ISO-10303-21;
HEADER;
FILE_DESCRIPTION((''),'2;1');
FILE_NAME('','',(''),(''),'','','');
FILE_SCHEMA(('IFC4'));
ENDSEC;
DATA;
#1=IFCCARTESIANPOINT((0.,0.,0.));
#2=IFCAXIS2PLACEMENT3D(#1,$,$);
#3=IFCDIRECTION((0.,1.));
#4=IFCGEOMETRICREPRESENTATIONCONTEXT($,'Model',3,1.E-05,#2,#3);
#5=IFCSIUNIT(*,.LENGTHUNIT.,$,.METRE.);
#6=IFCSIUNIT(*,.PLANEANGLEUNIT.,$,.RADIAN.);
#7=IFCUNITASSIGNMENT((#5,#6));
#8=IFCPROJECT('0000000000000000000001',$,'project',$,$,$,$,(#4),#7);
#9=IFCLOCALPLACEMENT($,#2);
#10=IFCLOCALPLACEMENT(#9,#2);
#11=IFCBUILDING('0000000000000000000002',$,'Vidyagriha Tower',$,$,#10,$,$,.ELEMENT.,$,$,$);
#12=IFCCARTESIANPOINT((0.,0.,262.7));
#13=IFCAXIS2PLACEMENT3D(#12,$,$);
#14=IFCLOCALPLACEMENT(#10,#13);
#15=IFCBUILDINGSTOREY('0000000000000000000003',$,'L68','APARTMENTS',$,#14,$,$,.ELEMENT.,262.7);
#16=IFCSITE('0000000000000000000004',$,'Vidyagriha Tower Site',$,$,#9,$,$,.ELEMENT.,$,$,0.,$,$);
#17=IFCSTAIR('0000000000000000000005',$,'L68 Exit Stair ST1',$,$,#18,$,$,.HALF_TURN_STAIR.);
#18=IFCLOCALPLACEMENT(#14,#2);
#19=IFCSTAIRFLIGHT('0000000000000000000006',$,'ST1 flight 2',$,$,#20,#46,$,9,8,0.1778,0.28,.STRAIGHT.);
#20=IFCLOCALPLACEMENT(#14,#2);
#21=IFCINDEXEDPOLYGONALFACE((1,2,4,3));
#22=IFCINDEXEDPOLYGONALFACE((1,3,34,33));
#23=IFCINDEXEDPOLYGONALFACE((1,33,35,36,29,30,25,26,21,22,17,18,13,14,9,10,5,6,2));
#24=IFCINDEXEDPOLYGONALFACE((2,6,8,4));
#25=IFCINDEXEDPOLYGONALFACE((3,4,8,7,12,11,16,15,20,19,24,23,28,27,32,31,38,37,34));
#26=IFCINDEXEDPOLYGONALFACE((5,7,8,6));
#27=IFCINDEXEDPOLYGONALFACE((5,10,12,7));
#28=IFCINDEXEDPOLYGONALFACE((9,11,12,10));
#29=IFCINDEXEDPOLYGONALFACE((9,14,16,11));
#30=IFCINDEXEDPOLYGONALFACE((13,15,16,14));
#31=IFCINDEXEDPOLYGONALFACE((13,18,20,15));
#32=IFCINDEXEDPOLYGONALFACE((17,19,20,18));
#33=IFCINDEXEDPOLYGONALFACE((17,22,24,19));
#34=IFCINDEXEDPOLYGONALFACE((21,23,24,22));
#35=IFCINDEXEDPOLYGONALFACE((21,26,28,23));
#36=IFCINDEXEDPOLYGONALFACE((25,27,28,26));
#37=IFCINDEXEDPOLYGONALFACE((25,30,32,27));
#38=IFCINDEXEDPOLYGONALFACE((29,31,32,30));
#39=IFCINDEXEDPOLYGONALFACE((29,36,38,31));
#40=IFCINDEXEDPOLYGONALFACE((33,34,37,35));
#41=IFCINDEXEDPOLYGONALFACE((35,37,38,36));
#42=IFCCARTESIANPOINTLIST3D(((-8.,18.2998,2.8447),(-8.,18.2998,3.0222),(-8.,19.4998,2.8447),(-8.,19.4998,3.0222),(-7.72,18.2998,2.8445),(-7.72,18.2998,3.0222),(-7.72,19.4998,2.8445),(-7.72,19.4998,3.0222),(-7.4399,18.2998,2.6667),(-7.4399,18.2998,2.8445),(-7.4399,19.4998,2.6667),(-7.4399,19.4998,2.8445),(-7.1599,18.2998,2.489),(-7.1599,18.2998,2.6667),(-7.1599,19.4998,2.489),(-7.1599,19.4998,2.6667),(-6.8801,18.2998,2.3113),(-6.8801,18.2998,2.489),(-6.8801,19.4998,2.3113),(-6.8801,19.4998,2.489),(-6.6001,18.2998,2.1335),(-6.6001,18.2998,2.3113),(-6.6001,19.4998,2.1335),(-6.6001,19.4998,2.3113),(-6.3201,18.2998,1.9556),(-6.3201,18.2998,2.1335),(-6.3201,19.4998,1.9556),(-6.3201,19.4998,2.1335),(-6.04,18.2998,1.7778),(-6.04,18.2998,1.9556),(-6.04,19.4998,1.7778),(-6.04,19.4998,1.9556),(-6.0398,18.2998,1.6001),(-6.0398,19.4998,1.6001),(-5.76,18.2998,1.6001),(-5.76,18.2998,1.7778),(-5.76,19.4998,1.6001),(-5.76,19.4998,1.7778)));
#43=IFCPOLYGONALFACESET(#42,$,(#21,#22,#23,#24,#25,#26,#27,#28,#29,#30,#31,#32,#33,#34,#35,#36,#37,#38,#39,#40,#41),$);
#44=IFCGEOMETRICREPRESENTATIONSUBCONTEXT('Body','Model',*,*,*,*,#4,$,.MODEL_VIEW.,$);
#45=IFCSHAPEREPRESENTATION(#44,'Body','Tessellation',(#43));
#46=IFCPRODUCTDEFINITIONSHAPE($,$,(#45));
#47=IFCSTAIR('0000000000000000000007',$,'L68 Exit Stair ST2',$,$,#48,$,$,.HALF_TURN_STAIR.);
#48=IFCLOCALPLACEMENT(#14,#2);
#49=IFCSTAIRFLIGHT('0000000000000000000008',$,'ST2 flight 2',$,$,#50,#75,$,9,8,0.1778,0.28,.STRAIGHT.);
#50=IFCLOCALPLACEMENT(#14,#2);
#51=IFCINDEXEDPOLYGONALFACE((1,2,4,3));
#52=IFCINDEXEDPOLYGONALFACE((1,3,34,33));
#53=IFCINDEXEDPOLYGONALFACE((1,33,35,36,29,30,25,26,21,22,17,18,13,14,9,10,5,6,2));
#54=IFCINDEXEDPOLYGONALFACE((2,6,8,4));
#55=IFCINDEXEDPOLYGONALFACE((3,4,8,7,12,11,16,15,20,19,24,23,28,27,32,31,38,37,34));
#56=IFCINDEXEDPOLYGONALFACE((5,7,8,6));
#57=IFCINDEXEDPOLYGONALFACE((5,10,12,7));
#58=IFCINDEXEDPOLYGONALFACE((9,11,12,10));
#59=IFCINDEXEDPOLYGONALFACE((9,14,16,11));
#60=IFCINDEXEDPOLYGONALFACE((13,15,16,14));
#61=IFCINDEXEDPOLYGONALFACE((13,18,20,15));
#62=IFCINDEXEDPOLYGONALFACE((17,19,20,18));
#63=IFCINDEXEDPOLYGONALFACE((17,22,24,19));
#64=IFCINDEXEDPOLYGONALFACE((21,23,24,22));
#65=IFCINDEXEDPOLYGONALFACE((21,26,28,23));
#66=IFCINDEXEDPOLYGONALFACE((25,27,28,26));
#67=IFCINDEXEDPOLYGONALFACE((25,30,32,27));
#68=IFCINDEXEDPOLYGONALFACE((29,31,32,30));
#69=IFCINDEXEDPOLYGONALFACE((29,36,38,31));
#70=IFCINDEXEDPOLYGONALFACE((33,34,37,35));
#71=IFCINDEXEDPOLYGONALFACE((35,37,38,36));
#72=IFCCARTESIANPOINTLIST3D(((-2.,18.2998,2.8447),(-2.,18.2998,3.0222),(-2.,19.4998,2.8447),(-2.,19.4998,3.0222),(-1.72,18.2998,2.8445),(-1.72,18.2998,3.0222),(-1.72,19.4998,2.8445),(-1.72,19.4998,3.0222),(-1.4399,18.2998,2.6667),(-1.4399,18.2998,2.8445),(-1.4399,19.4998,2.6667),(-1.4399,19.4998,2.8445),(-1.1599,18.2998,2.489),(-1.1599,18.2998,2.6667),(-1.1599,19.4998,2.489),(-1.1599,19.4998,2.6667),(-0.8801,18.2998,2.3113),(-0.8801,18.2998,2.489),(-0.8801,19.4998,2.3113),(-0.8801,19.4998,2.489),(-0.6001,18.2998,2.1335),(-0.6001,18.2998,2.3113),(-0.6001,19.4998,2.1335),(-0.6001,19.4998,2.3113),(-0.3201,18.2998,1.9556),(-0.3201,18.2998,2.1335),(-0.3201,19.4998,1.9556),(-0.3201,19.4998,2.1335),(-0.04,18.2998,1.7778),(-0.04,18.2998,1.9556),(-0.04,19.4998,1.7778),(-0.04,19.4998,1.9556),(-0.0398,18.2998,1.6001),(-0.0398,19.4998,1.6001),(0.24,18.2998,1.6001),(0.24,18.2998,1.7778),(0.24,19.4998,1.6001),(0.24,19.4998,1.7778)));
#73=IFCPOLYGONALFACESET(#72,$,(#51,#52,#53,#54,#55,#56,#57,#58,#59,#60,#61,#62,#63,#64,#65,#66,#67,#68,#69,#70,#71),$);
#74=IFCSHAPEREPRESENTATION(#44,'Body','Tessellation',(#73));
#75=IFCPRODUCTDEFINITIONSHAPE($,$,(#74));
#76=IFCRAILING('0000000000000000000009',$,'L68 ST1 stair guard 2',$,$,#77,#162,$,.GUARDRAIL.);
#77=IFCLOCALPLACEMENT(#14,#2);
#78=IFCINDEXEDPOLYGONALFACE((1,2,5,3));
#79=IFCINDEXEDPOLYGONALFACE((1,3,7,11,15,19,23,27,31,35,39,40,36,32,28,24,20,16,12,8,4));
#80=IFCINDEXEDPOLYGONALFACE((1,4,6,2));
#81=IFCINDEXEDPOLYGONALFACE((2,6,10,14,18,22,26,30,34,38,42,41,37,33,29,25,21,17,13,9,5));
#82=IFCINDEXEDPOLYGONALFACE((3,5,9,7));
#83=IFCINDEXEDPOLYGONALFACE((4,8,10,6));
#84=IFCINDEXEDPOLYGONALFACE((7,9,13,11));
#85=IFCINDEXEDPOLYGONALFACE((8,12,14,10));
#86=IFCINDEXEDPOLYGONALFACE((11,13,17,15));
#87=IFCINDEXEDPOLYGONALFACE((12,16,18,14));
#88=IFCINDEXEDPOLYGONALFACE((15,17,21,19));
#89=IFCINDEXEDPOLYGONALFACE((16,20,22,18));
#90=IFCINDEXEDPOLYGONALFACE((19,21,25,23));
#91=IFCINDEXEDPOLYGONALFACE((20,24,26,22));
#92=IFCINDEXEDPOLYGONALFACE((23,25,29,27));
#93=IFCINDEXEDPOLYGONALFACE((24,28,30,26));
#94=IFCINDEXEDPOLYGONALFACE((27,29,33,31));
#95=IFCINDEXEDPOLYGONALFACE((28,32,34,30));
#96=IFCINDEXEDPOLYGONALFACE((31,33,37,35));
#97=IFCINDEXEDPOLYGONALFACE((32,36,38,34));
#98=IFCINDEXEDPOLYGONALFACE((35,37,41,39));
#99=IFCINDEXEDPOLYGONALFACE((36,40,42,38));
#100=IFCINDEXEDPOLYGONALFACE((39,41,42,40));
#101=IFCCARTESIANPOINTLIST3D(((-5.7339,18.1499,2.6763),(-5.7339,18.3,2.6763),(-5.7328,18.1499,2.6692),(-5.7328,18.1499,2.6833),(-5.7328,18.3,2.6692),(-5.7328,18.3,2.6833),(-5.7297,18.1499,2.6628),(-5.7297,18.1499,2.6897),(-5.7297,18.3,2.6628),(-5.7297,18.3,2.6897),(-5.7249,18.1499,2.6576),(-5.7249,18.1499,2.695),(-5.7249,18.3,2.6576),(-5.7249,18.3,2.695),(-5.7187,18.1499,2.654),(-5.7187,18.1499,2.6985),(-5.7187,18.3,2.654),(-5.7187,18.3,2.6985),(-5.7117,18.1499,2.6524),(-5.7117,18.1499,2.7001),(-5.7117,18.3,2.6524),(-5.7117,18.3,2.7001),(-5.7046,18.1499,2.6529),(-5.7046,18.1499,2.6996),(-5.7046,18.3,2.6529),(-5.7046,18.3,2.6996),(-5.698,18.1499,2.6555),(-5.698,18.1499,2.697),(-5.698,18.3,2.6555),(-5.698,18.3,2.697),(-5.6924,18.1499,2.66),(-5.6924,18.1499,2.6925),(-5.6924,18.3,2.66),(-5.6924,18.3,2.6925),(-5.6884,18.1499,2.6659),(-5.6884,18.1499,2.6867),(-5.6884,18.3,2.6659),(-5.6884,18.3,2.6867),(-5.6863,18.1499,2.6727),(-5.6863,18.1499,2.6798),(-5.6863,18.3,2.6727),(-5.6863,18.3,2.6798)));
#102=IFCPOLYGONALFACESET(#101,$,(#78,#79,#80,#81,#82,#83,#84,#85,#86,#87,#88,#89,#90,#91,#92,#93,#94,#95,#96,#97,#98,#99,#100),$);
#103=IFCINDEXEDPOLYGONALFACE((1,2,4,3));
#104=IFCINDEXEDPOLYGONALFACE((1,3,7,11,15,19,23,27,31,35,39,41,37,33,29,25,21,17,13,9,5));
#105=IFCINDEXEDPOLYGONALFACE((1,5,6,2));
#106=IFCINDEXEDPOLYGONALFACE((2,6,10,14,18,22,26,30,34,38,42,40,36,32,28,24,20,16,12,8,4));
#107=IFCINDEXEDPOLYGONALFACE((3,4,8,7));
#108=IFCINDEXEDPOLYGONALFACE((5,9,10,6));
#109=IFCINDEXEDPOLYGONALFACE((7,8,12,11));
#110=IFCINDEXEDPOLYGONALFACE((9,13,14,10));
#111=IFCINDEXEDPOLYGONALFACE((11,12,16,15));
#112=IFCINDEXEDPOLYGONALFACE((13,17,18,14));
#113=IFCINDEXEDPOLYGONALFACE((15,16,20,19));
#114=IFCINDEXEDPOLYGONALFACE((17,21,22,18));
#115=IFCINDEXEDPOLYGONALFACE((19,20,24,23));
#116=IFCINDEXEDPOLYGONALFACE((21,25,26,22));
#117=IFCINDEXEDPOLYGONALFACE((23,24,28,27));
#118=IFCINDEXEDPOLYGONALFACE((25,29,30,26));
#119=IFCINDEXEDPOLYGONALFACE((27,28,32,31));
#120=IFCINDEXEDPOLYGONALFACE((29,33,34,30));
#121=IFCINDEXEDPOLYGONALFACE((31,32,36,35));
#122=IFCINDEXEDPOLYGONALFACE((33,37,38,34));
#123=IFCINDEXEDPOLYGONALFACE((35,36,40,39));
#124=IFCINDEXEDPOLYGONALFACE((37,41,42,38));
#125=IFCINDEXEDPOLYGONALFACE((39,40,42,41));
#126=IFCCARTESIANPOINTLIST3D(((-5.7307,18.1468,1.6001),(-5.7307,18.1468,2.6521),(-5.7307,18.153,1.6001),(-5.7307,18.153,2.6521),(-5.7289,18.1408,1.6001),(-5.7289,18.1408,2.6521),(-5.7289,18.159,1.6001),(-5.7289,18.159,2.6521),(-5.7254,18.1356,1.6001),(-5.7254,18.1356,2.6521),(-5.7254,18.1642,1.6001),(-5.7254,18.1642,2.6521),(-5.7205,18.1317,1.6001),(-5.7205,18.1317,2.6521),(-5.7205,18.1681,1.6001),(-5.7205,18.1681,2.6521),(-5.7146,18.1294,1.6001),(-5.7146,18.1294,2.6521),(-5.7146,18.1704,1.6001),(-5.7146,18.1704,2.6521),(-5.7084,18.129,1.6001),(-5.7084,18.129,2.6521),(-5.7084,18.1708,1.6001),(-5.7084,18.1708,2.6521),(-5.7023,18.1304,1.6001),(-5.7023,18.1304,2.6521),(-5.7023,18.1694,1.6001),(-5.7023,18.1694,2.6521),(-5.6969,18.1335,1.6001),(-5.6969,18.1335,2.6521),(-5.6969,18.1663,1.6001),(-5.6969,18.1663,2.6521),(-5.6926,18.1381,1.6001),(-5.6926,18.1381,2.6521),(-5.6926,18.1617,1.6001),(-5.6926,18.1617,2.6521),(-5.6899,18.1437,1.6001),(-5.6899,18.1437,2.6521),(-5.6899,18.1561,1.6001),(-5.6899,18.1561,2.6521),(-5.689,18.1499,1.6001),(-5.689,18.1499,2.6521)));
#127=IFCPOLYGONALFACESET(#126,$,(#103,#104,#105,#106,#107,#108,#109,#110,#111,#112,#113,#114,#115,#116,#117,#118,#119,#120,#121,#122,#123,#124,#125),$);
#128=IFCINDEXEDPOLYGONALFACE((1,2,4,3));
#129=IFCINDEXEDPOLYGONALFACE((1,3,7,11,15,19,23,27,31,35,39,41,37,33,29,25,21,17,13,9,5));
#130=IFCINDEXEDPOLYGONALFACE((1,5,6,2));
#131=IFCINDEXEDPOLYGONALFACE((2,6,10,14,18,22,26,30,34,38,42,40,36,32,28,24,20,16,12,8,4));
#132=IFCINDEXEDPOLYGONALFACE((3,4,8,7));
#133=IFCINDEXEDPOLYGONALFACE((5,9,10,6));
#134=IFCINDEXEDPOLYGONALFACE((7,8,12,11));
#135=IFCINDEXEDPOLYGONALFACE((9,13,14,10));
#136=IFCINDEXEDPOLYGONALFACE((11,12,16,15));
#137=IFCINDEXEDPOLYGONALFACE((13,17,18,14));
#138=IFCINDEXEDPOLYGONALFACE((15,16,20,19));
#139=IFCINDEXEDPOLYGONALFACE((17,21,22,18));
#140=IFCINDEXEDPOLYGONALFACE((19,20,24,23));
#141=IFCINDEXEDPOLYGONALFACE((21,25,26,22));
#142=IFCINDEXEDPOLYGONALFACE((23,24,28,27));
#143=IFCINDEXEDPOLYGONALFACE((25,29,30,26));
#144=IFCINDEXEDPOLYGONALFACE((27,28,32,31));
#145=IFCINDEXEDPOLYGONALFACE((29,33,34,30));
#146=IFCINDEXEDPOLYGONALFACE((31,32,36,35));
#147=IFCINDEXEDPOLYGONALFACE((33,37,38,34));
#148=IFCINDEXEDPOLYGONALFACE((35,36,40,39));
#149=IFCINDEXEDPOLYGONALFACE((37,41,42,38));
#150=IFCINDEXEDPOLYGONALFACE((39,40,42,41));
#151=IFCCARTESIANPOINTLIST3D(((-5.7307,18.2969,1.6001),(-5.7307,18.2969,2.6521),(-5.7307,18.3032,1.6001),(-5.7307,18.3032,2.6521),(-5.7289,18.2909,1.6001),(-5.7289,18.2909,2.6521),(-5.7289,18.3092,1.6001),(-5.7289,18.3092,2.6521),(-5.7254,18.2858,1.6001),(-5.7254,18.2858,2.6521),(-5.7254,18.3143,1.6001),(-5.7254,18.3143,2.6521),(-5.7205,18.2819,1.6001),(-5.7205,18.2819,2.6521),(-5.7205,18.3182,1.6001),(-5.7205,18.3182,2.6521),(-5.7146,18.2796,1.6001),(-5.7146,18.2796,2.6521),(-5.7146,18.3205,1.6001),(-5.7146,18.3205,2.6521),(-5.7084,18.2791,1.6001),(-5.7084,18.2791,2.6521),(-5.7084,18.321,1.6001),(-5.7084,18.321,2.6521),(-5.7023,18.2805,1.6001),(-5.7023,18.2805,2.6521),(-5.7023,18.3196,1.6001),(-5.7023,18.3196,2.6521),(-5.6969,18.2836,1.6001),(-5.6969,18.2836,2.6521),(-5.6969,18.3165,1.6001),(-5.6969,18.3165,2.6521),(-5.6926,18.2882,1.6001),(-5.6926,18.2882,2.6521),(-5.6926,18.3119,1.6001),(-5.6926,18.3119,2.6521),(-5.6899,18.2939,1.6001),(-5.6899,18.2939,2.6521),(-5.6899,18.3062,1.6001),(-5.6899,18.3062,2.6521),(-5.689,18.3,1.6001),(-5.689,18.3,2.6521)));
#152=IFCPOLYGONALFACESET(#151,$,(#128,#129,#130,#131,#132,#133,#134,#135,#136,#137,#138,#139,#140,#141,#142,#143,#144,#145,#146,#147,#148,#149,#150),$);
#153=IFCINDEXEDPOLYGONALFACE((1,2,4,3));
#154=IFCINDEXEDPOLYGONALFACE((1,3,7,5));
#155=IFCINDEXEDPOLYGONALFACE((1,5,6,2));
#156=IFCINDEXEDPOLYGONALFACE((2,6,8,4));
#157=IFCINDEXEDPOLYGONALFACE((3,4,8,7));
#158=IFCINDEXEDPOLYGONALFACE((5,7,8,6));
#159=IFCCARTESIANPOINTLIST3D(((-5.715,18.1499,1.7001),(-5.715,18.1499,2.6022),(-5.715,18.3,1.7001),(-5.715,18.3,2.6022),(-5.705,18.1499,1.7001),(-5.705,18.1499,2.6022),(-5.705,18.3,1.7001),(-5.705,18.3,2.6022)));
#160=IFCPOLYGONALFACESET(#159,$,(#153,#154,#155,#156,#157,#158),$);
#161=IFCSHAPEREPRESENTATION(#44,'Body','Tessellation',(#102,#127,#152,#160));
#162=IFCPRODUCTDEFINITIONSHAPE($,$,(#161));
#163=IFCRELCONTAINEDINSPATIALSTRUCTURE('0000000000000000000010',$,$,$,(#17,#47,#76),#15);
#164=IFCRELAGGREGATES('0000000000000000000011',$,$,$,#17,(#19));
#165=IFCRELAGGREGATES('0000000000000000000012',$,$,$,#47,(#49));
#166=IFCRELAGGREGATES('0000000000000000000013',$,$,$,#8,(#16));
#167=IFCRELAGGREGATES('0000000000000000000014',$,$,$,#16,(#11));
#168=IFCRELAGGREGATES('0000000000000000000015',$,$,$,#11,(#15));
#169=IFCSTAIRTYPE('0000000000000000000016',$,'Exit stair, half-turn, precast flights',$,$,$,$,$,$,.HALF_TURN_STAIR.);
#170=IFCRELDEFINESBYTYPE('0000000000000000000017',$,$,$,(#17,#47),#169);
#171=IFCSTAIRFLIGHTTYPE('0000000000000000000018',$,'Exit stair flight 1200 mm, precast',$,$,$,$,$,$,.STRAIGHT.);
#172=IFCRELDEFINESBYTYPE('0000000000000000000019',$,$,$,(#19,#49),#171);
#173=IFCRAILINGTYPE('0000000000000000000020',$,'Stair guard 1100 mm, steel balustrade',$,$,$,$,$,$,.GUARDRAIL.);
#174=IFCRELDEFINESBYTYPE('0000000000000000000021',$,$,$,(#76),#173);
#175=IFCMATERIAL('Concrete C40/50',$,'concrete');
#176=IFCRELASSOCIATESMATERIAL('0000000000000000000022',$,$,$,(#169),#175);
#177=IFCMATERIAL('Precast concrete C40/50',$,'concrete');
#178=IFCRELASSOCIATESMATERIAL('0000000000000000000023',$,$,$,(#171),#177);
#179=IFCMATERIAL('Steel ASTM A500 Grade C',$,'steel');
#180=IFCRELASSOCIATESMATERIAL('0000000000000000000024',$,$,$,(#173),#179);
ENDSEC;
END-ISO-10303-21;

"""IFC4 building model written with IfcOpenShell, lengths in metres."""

from ifc_helpers import new_model, si_unit, direction, frame, origin, origin_2d, place, context, subcontext, project, spatial, polyline, rectangle, circle, outline, extrude, material, type_object, element, aggregate, save


model = new_model("IFC4")

# Units and contexts
model_context = context("Model", 3, precision=1e-05, world=origin(), true_north=direction((0.0, 1.0)))
body_context = subcontext(model_context, "Body", "Model", "MODEL_VIEW")
ifc_project = project(units=[si_unit("LENGTHUNIT", "METRE"), si_unit("PLANEANGLEUNIT", "RADIAN")], contexts=[model_context])

# Site, building, storey
site_placement = place(None, origin())
site = spatial("IfcSite", under=ifc_project, at=site_placement, Name="Vidyagriha Tower Site", CompositionType="ELEMENT", RefElevation=0.0)
building_placement = place(site_placement, origin())
building = spatial("IfcBuilding", under=site, at=building_placement, Name="Vidyagriha Tower", CompositionType="ELEMENT")
storey_placement = place(building_placement, frame((0.0, 0.0, 262.7)))
storey = spatial("IfcBuildingStorey", under=building, at=storey_placement, Name="L68", Description="APARTMENTS", CompositionType="ELEMENT", Elevation=262.7)

# Stairs, stair flights
ifc_material_1 = material(Name="Concrete C40/50", Category="concrete")
stair_type = type_object("IfcStairType", Name="Exit stair, half-turn, precast flights", PredefinedType="HALF_TURN_STAIR", material=ifc_material_1)
stair_1_placement = place(storey_placement, origin())
stair_1 = element("IfcStair", 1, at=stair_1_placement, inside=storey, type_object=stair_type, Name="L68 Exit Stair ST1", PredefinedType="HALF_TURN_STAIR")
ifc_material_2 = material(Name="Precast concrete C40/50", Category="concrete")
stair_flight_type = type_object("IfcStairFlightType", Name="Exit stair flight 1200 mm, precast", PredefinedType="STRAIGHT", material=ifc_material_2)
stair_flight_1_placement = place(storey_placement, frame((-5.76, 18.8999, 1.6001), z_axis=(0.0, 0.0, 1.0), x_axis=(-1.0, 0.0, 0.0)))
stair_flight_1 = element("IfcStairFlight", 2, at=stair_flight_1_placement, type_object=stair_flight_type, Name="ST1 flight 2", NumberOfRisers=9, NumberOfTreads=8, PredefinedType="STRAIGHT", RiserHeight=0.1778, TreadLength=0.28, context=body_context, shape_type="SweptSolid", body=[
    extrude(outline(polyline([(0.0, 0.0), (0.0, 0.1777), (0.28, 0.1777), (0.28, 0.3555), (0.5601, 0.3555), (0.5601, 0.5334), (0.8401, 0.5334), (0.8401, 0.7112), (1.1201, 0.7112), (1.1201, 0.8889), (1.3999, 0.8889), (1.3999, 1.0667), (1.6799, 1.0667), (1.6799, 1.2444), (1.96, 1.2444), (1.96, 1.4221), (2.24, 1.4221), (2.24, 1.6001), (2.24, 1.2446), (0.2798, 0.0), (0.0, 0.0)])), frame((0.0, 0.6001, 0.0), z_axis=(0.0, -1.0, 0.0), x_axis=(1.0, 0.0, 0.0)), (0.0, 0.0, 1.0), 1.2),
])
aggregate(stair_1, [stair_flight_1])
stair_2_placement = place(storey_placement, origin())
stair_2 = element("IfcStair", 3, at=stair_2_placement, inside=storey, type_object=stair_type, Name="L68 Exit Stair ST2", PredefinedType="HALF_TURN_STAIR")
stair_flight_2_placement = place(storey_placement, frame((0.24, 18.8999, 1.6001), z_axis=(0.0, 0.0, 1.0), x_axis=(-1.0, 0.0, 0.0)))
stair_flight_2 = element("IfcStairFlight", 4, at=stair_flight_2_placement, type_object=stair_flight_type, Name="ST2 flight 2", NumberOfRisers=9, NumberOfTreads=8, PredefinedType="STRAIGHT", RiserHeight=0.1778, TreadLength=0.28, context=body_context, shape_type="SweptSolid", body=[
    extrude(outline(polyline([(0.0, 0.0), (0.0, 0.1777), (0.28, 0.1777), (0.28, 0.3555), (0.5601, 0.3555), (0.5601, 0.5334), (0.8401, 0.5334), (0.8401, 0.7112), (1.1201, 0.7112), (1.1201, 0.8889), (1.3999, 0.8889), (1.3999, 1.0667), (1.6799, 1.0667), (1.6799, 1.2444), (1.96, 1.2444), (1.96, 1.4221), (2.24, 1.4221), (2.24, 1.6001), (2.24, 1.2446), (0.2798, 0.0), (0.0, 0.0)])), frame((0.0, 0.6001, 0.0), z_axis=(0.0, -1.0, 0.0), x_axis=(1.0, 0.0, 0.0)), (0.0, 0.0, 1.0), 1.2),
])
aggregate(stair_2, [stair_flight_2])

# Railing
ifc_material_3 = material(Name="Steel ASTM A500 Grade C", Category="steel")
railing_type_1 = type_object("IfcRailingType", Name="Stair guard 1100 mm, steel balustrade", PredefinedType="GUARDRAIL", material=ifc_material_3)
railing_1_placement = place(storey_placement, frame((-5.71, 18.1499, 1.6001)))
element("IfcRailing", 5, at=railing_1_placement, inside=storey, type_object=railing_type_1, Name="L68 ST1 stair guard 2", PredefinedType="GUARDRAIL", context=body_context, shape_type="SweptSolid", body=[
    extrude(circle(Radius=0.0239, at=origin_2d()), frame((0.0, 0.0, 1.0762), z_axis=(0.0, 1.0, 0.0), x_axis=(-1.0, 0.0, 0.0)), (0.0, 0.0, 1.0), 0.1501),
    extrude(circle(Radius=0.021, at=origin_2d()), origin(), (0.0, 0.0, 1.0), 1.052),
    extrude(circle(Radius=0.021, at=origin_2d()), frame((0.0, 0.1501, 0.0)), (0.0, 0.0, 1.0), 1.052),
    extrude(rectangle(XDim=0.01, YDim=0.9021, at=origin_2d()), frame((0.0, 0.0, 0.551), z_axis=(0.0, 1.0, 0.0), x_axis=(-1.0, 0.0, 0.0)), (0.0, 0.0, 1.0), 0.1501),
])

save(model, "model.ifc")
